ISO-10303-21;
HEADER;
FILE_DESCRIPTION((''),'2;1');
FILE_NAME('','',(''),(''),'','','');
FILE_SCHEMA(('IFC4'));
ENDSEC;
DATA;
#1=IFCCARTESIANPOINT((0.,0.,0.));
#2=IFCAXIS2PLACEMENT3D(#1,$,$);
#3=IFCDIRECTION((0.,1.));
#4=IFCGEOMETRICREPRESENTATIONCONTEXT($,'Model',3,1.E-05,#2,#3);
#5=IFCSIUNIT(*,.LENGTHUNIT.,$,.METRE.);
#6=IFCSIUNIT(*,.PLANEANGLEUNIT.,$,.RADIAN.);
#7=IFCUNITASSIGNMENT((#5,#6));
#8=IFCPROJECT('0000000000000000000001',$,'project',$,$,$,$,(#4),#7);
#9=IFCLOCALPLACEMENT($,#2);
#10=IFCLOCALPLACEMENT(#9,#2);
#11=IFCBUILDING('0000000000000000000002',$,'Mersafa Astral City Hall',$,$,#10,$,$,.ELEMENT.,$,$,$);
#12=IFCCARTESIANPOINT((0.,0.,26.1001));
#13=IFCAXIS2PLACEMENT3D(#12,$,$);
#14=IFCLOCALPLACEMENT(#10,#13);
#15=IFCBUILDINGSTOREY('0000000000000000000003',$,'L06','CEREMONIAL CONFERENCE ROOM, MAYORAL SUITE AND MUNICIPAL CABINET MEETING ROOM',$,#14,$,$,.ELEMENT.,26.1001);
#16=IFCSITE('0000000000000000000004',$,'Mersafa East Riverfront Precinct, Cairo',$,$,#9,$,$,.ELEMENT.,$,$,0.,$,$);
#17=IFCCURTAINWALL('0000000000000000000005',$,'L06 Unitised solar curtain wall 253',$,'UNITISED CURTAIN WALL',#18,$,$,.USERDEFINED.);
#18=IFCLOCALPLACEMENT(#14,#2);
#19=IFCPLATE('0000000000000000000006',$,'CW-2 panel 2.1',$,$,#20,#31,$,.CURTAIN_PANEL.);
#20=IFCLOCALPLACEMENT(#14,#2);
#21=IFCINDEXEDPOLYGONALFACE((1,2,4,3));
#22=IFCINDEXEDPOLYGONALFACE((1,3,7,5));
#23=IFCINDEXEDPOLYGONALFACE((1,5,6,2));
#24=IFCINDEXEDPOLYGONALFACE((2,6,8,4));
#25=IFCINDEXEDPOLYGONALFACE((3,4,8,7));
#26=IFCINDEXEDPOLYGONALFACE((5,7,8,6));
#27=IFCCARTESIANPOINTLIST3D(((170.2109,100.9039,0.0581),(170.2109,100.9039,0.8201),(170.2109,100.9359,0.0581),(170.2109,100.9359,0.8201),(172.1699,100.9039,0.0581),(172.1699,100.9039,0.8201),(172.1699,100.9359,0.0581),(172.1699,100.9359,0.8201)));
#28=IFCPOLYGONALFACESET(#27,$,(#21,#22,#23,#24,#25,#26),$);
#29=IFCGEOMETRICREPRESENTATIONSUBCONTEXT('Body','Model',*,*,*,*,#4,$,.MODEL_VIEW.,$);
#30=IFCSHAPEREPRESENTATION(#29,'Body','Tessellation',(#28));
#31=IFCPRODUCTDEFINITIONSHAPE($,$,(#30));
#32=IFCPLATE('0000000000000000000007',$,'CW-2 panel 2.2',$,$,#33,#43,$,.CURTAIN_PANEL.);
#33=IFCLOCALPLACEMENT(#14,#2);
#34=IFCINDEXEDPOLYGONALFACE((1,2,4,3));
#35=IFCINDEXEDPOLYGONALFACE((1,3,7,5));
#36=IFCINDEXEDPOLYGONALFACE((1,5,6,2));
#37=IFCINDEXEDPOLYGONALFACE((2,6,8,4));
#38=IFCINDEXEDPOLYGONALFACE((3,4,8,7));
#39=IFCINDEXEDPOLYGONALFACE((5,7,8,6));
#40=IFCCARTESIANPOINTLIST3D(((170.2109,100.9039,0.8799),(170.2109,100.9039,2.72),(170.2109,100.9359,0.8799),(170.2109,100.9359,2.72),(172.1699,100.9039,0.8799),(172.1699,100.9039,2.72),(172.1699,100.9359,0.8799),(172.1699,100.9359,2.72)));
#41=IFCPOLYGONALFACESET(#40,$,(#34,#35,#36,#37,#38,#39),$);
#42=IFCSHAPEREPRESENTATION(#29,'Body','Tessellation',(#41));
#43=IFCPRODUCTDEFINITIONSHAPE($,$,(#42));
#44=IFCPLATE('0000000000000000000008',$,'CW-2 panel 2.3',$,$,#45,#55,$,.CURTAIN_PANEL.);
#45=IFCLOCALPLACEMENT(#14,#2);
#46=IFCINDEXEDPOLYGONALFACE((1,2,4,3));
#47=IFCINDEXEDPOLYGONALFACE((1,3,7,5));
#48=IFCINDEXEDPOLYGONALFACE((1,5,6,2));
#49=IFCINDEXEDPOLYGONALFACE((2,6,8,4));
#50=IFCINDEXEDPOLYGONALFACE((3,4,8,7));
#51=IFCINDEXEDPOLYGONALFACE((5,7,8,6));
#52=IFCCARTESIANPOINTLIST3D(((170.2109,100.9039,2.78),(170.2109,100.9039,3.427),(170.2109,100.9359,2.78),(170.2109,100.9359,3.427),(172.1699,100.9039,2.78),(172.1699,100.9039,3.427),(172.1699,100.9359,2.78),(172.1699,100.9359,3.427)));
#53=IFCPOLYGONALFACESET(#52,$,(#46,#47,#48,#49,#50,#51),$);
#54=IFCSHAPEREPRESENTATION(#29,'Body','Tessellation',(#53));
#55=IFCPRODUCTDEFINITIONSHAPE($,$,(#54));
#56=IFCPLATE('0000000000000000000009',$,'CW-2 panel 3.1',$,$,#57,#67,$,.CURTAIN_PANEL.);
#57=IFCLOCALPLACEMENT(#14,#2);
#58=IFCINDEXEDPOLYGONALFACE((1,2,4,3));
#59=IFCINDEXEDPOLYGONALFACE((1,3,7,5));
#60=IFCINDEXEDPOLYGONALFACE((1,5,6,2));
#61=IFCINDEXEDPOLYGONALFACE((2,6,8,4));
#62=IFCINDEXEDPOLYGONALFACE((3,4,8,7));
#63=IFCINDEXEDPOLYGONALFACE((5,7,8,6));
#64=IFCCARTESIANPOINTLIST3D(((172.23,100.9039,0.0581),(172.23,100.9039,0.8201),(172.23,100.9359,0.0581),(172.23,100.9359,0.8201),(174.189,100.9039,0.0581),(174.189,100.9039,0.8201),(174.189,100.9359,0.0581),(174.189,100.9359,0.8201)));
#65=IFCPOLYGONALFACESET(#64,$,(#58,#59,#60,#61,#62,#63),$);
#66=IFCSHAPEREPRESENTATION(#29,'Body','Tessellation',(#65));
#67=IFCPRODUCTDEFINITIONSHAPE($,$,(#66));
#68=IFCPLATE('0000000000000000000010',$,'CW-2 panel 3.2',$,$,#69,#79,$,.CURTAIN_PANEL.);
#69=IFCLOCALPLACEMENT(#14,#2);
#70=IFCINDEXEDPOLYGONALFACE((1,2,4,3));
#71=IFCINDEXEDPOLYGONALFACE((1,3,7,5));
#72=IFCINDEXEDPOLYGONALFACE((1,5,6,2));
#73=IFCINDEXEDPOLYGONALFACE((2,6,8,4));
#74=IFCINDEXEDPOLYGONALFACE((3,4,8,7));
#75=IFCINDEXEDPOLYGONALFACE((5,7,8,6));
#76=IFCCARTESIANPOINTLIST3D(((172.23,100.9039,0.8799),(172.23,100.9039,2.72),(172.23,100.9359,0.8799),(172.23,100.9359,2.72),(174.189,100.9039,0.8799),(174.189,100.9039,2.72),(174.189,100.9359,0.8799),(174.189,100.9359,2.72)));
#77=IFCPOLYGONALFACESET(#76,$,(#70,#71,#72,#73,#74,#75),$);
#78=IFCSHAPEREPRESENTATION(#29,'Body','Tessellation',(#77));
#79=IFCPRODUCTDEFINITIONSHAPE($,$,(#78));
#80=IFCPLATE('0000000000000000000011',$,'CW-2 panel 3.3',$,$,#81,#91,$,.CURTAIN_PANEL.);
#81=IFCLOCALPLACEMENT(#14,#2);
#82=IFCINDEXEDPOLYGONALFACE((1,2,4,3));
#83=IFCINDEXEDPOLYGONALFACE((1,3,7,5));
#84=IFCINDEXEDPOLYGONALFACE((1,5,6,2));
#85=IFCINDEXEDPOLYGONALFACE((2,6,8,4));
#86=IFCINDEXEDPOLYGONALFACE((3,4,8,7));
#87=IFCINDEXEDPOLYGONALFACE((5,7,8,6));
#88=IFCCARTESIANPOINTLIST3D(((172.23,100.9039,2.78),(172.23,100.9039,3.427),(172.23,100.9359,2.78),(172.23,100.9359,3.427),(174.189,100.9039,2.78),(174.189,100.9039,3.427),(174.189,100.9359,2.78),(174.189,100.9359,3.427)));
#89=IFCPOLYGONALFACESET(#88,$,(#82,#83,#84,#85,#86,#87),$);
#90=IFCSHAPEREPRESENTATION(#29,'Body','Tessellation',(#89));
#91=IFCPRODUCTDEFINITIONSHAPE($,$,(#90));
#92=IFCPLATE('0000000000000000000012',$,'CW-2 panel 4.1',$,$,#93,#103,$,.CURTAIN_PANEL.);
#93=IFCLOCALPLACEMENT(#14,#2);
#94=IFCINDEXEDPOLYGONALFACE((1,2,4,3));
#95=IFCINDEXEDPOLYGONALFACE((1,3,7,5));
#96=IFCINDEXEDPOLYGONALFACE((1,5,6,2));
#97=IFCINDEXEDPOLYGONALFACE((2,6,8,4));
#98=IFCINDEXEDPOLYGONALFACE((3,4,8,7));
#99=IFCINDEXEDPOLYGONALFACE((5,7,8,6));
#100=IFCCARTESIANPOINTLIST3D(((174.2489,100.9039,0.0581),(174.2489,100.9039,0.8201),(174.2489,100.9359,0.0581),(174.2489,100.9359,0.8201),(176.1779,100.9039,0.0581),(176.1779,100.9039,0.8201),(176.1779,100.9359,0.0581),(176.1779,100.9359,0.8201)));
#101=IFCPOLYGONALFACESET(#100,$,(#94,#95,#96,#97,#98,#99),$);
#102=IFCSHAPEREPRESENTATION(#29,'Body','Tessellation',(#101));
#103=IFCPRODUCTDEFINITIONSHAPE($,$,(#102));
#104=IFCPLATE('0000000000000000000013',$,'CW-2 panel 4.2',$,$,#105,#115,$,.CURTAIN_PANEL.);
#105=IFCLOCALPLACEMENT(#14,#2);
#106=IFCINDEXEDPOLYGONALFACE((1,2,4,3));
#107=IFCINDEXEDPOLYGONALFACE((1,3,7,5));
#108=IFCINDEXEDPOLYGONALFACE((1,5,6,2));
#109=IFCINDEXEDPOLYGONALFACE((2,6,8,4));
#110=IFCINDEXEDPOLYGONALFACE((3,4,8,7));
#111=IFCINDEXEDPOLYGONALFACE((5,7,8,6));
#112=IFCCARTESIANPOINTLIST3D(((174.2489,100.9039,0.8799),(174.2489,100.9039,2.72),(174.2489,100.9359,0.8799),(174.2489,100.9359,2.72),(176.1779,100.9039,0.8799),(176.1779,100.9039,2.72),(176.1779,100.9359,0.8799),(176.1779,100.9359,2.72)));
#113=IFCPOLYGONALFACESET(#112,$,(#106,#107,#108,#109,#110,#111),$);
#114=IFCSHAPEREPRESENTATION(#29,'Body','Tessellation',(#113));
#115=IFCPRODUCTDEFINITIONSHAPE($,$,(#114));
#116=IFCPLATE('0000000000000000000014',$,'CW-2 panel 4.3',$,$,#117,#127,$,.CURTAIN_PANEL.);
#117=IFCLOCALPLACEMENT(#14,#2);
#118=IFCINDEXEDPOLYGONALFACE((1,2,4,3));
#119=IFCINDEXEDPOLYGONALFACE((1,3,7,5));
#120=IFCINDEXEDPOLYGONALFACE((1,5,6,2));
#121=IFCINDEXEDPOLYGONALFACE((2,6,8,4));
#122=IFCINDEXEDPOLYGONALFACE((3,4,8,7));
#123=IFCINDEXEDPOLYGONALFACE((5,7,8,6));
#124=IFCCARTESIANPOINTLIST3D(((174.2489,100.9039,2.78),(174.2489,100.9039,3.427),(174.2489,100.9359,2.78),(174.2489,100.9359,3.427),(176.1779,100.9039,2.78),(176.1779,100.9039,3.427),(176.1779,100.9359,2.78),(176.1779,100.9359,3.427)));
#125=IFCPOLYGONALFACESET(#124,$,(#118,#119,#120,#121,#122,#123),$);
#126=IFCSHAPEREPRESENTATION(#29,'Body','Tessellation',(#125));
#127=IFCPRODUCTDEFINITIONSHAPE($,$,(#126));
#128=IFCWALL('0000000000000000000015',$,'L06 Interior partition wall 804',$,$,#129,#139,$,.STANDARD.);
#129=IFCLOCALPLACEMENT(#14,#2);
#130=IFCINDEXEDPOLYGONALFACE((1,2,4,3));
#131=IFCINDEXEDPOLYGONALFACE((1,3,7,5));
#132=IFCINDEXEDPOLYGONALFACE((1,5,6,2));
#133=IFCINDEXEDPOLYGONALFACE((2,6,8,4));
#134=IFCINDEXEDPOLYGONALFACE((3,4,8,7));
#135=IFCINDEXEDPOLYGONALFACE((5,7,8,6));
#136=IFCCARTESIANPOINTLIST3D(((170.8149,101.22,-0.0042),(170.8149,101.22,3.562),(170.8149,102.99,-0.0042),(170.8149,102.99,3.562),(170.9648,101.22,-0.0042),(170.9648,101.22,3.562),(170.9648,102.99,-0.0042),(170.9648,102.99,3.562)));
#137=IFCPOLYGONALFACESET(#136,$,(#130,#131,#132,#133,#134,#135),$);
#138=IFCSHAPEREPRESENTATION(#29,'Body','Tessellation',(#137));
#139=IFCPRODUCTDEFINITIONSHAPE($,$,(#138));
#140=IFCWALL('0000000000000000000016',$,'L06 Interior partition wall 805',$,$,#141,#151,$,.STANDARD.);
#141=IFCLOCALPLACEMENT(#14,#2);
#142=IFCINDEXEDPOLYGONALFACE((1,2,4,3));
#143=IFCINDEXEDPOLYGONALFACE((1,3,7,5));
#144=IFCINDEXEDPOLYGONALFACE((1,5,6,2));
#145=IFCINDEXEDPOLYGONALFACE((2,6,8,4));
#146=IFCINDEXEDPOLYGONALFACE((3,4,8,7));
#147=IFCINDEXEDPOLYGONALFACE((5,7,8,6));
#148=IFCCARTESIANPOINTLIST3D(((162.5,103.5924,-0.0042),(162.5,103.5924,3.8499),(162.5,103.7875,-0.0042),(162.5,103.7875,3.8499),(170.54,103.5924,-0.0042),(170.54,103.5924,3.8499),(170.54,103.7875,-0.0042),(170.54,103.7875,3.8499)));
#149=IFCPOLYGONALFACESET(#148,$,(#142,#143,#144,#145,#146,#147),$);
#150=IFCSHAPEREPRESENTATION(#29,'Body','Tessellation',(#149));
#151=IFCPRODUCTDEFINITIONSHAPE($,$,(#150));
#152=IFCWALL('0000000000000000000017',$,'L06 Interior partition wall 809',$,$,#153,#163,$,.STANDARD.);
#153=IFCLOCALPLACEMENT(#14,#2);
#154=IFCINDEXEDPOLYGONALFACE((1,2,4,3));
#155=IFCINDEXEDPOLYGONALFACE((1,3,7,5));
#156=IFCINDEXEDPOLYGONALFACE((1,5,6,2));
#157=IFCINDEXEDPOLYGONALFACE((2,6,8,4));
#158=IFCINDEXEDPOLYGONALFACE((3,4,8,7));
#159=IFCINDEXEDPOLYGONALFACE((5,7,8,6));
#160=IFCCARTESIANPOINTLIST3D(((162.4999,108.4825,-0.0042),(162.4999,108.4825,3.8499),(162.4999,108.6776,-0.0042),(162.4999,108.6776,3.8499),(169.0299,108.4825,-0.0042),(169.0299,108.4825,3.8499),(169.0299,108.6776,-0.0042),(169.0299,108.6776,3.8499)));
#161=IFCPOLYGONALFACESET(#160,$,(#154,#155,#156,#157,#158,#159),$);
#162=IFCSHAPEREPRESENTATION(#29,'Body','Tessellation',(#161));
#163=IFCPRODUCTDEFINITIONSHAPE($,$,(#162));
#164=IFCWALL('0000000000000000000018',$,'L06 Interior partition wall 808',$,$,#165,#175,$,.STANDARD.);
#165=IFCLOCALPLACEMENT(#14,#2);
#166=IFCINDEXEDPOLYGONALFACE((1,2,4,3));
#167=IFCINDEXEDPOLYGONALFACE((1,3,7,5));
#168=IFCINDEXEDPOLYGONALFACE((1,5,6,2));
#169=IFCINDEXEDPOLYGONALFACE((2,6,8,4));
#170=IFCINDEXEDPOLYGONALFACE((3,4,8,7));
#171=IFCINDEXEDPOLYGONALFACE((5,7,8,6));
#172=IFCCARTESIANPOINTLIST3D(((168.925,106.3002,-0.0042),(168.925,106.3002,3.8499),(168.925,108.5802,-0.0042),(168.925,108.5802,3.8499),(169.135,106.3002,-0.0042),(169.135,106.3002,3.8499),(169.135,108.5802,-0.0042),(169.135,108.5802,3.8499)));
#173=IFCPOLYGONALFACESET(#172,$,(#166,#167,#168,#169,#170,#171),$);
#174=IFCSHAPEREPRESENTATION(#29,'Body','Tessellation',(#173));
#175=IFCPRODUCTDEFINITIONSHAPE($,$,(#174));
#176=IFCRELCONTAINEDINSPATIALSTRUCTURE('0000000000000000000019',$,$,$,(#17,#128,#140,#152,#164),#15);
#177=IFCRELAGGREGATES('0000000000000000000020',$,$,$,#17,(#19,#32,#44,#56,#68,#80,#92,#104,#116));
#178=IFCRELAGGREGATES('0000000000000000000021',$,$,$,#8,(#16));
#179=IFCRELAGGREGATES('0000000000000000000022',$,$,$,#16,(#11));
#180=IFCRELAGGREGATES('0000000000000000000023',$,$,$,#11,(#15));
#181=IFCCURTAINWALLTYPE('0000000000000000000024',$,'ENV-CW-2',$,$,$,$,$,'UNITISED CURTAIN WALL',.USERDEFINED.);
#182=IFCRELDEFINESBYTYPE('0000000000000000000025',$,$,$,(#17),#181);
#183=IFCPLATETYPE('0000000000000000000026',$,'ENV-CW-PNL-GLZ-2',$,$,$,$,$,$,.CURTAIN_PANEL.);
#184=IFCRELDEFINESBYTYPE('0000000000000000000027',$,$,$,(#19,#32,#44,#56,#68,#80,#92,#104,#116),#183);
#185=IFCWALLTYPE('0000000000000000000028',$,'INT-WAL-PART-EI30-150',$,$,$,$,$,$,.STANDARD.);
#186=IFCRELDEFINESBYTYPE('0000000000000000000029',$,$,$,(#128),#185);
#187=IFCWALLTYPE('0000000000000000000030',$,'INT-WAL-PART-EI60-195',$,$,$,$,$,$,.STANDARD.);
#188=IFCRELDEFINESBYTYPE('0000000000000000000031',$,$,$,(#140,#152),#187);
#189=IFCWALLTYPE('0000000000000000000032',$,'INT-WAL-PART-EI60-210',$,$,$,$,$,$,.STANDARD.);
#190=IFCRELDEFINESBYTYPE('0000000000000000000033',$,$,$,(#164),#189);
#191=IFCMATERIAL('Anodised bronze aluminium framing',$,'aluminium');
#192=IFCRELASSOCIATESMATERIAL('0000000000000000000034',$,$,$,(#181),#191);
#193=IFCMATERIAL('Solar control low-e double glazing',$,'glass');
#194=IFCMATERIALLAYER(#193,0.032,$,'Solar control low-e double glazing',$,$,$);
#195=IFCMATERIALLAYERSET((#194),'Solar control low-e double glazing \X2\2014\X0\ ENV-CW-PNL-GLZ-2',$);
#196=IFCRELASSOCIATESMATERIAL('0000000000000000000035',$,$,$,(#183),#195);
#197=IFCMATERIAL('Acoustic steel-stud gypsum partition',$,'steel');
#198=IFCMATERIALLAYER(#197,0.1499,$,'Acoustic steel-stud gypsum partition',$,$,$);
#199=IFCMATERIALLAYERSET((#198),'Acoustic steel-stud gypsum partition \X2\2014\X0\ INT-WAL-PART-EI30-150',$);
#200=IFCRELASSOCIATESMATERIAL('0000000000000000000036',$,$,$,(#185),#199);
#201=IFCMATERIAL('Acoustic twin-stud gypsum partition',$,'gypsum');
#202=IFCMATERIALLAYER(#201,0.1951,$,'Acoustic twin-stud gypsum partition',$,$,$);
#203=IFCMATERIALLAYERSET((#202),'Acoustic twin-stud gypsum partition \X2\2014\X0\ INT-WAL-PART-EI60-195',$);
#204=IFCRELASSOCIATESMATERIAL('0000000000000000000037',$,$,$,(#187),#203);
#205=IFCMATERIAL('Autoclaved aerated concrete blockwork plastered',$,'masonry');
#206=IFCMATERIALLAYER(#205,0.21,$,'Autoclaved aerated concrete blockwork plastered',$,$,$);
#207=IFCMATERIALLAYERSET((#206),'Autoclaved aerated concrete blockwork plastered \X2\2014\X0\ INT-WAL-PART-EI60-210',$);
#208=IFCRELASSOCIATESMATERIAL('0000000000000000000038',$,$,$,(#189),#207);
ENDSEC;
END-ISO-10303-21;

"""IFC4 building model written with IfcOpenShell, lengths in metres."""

from ifc_helpers import new_model, si_unit, direction, frame, frame_2d, origin, origin_2d, place, context, subcontext, project, spatial, rectangle, extrude, material, layer, layer_set, type_object, element, aggregate, save


model = new_model("IFC4")

# Units and contexts
model_context = context("Model", 3, precision=1e-05, world=origin(), true_north=direction((0.0, 1.0)))
body_context = subcontext(model_context, "Body", "Model", "MODEL_VIEW")
ifc_project = project(units=[si_unit("LENGTHUNIT", "METRE"), si_unit("PLANEANGLEUNIT", "RADIAN")], contexts=[model_context])

# Site, building, storey
site_placement = place(None, origin())
site = spatial("IfcSite", under=ifc_project, at=site_placement, Name="Mersafa East Riverfront Precinct, Cairo", CompositionType="ELEMENT", RefElevation=0.0)
building_placement = place(site_placement, origin())
building = spatial("IfcBuilding", under=site, at=building_placement, Name="Mersafa Astral City Hall", CompositionType="ELEMENT")
storey_placement = place(building_placement, frame((0.0, 0.0, 26.1001)))
storey = spatial("IfcBuildingStorey", under=building, at=storey_placement, Name="L06", Description="CEREMONIAL CONFERENCE ROOM, MAYORAL SUITE AND MUNICIPAL CABINET MEETING ROOM", CompositionType="ELEMENT", Elevation=26.1001)

# Curtain wall
ifc_material_1 = material(Name="Anodised bronze aluminium framing", Category="aluminium")
curtain_wall_type_1 = type_object("IfcCurtainWallType", Name="ENV-CW-2", ElementType="UNITISED CURTAIN WALL", PredefinedType="USERDEFINED", material=ifc_material_1)
curtain_wall_1_placement = place(storey_placement, origin())
curtain_wall_1 = element("IfcCurtainWall", 1, at=curtain_wall_1_placement, inside=storey, type_object=curtain_wall_type_1, Name="L06 Unitised solar curtain wall 253", ObjectType="UNITISED CURTAIN WALL", PredefinedType="USERDEFINED")

# Plates
ifc_material_2 = material(Name="Solar control low-e double glazing", Category="glass")
ifc_layer_1 = layer(ifc_material_2, 0.032, Name="Solar control low-e double glazing")
ifc_layer_set_1 = layer_set([ifc_layer_1], Name="Solar control low-e double glazing — ENV-CW-PNL-GLZ-2")
plate_type = type_object("IfcPlateType", Name="ENV-CW-PNL-GLZ-2", PredefinedType="CURTAIN_PANEL", material=ifc_layer_set_1)
plate_1_placement = place(storey_placement, frame((171.1904, 100.9199, 0.0581), z_axis=(0.0, 0.0, 1.0), x_axis=(1.0, 0.0, 0.0)))
plate_1 = element("IfcPlate", 2, at=plate_1_placement, type_object=plate_type, Name="CW-2 panel 2.1", PredefinedType="CURTAIN_PANEL", context=body_context, shape_type="SweptSolid", body=[
    extrude(rectangle(XDim=1.959, YDim=0.032, at=origin_2d()), origin(), (0.0, 0.0, 1.0), 0.762),
])
plate_2_placement = place(storey_placement, frame((171.1904, 100.9199, 0.8799), z_axis=(0.0, 0.0, 1.0), x_axis=(1.0, 0.0, 0.0)))
plate_2 = element("IfcPlate", 3, at=plate_2_placement, type_object=plate_type, Name="CW-2 panel 2.2", PredefinedType="CURTAIN_PANEL", context=body_context, shape_type="SweptSolid", body=[
    extrude(rectangle(XDim=1.959, YDim=0.032, at=origin_2d()), origin(), (0.0, 0.0, 1.0), 1.8401),
])
plate_3_placement = place(storey_placement, frame((171.1904, 100.9199, 2.78), z_axis=(0.0, 0.0, 1.0), x_axis=(1.0, 0.0, 0.0)))
plate_3 = element("IfcPlate", 4, at=plate_3_placement, type_object=plate_type, Name="CW-2 panel 2.3", PredefinedType="CURTAIN_PANEL", context=body_context, shape_type="SweptSolid", body=[
    extrude(rectangle(XDim=1.959, YDim=0.032, at=origin_2d()), origin(), (0.0, 0.0, 1.0), 0.647),
])
plate_4_placement = place(storey_placement, frame((173.2095, 100.9199, 0.0581), z_axis=(0.0, 0.0, 1.0), x_axis=(1.0, 0.0, 0.0)))
plate_4 = element("IfcPlate", 5, at=plate_4_placement, type_object=plate_type, Name="CW-2 panel 3.1", PredefinedType="CURTAIN_PANEL", context=body_context, shape_type="SweptSolid", body=[
    extrude(rectangle(XDim=1.959, YDim=0.032, at=origin_2d()), origin(), (0.0, 0.0, 1.0), 0.762),
])
plate_5_placement = place(storey_placement, frame((173.2095, 100.9199, 0.8799), z_axis=(0.0, 0.0, 1.0), x_axis=(1.0, 0.0, 0.0)))
plate_5 = element("IfcPlate", 6, at=plate_5_placement, type_object=plate_type, Name="CW-2 panel 3.2", PredefinedType="CURTAIN_PANEL", context=body_context, shape_type="SweptSolid", body=[
    extrude(rectangle(XDim=1.959, YDim=0.032, at=origin_2d()), origin(), (0.0, 0.0, 1.0), 1.8401),
])
plate_6_placement = place(storey_placement, frame((173.2095, 100.9199, 2.78), z_axis=(0.0, 0.0, 1.0), x_axis=(1.0, 0.0, 0.0)))
plate_6 = element("IfcPlate", 7, at=plate_6_placement, type_object=plate_type, Name="CW-2 panel 3.3", PredefinedType="CURTAIN_PANEL", context=body_context, shape_type="SweptSolid", body=[
    extrude(rectangle(XDim=1.959, YDim=0.032, at=origin_2d()), origin(), (0.0, 0.0, 1.0), 0.647),
])
plate_7_placement = place(storey_placement, frame((175.2134, 100.9199, 0.0581), z_axis=(0.0, 0.0, 1.0), x_axis=(1.0, 0.0, 0.0)))
plate_7 = element("IfcPlate", 8, at=plate_7_placement, type_object=plate_type, Name="CW-2 panel 4.1", PredefinedType="CURTAIN_PANEL", context=body_context, shape_type="SweptSolid", body=[
    extrude(rectangle(XDim=1.929, YDim=0.032, at=origin_2d()), origin(), (0.0, 0.0, 1.0), 0.762),
])
plate_8_placement = place(storey_placement, frame((175.2134, 100.9199, 0.8799), z_axis=(0.0, 0.0, 1.0), x_axis=(1.0, 0.0, 0.0)))
plate_8 = element("IfcPlate", 9, at=plate_8_placement, type_object=plate_type, Name="CW-2 panel 4.2", PredefinedType="CURTAIN_PANEL", context=body_context, shape_type="SweptSolid", body=[
    extrude(rectangle(XDim=1.929, YDim=0.032, at=origin_2d()), origin(), (0.0, 0.0, 1.0), 1.8401),
])
plate_9_placement = place(storey_placement, frame((175.2134, 100.9199, 2.78), z_axis=(0.0, 0.0, 1.0), x_axis=(1.0, 0.0, 0.0)))
plate_9 = element("IfcPlate", 10, at=plate_9_placement, type_object=plate_type, Name="CW-2 panel 4.3", PredefinedType="CURTAIN_PANEL", context=body_context, shape_type="SweptSolid", body=[
    extrude(rectangle(XDim=1.929, YDim=0.032, at=origin_2d()), origin(), (0.0, 0.0, 1.0), 0.647),
])
aggregate(curtain_wall_1, [plate_1, plate_2, plate_3, plate_4, plate_5, plate_6, plate_7, plate_8, plate_9])

# Walls
ifc_material_3 = material(Name="Acoustic steel-stud gypsum partition", Category="steel")
ifc_layer_2 = layer(ifc_material_3, 0.1499, Name="Acoustic steel-stud gypsum partition")
ifc_layer_set_2 = layer_set([ifc_layer_2], Name="Acoustic steel-stud gypsum partition — INT-WAL-PART-EI30-150")
wall_type_1 = type_object("IfcWallType", Name="INT-WAL-PART-EI30-150", PredefinedType="STANDARD", material=ifc_layer_set_2)
wall_1_placement = place(storey_placement, frame((170.8899, 101.22, -0.0042), z_axis=(0.0, 0.0, 1.0), x_axis=(0.0, 1.0, 0.0)))
element("IfcWall", 11, at=wall_1_placement, inside=storey, type_object=wall_type_1, Name="L06 Interior partition wall 804", PredefinedType="STANDARD", context=body_context, shape_type="SweptSolid", body=[
    extrude(rectangle(XDim=1.77, YDim=0.1499, at=frame_2d((0.885, 0.0))), origin(), (0.0, 0.0, 1.0), 3.5662),
])
ifc_material_4 = material(Name="Acoustic twin-stud gypsum partition", Category="gypsum")
ifc_layer_3 = layer(ifc_material_4, 0.1951, Name="Acoustic twin-stud gypsum partition")
ifc_layer_set_3 = layer_set([ifc_layer_3], Name="Acoustic twin-stud gypsum partition — INT-WAL-PART-EI60-195")
wall_type_2 = type_object("IfcWallType", Name="INT-WAL-PART-EI60-195", PredefinedType="STANDARD", material=ifc_layer_set_3)
wall_2_placement = place(storey_placement, frame((170.54, 103.6899, -0.0042), z_axis=(0.0, 0.0, 1.0), x_axis=(-1.0, 0.0, 0.0)))
element("IfcWall", 12, at=wall_2_placement, inside=storey, type_object=wall_type_2, Name="L06 Interior partition wall 805", PredefinedType="STANDARD", context=body_context, shape_type="SweptSolid", body=[
    extrude(rectangle(XDim=8.04, YDim=0.1951, at=frame_2d((4.02, 0.0))), origin(), (0.0, 0.0, 1.0), 3.854),
])
wall_3_placement = place(storey_placement, frame((169.03, 108.5801, -0.0042), z_axis=(0.0, 0.0, 1.0), x_axis=(-1.0, 0.0, 0.0)))
element("IfcWall", 13, at=wall_3_placement, inside=storey, type_object=wall_type_2, Name="L06 Interior partition wall 809", PredefinedType="STANDARD", context=body_context, shape_type="SweptSolid", body=[
    extrude(rectangle(XDim=6.53, YDim=0.1951, at=frame_2d((3.2651, 0.0))), origin(), (0.0, 0.0, 1.0), 3.854),
])
ifc_material_5 = material(Name="Autoclaved aerated concrete blockwork plastered", Category="masonry")
ifc_layer_4 = layer(ifc_material_5, 0.21, Name="Autoclaved aerated concrete blockwork plastered")
ifc_layer_set_4 = layer_set([ifc_layer_4], Name="Autoclaved aerated concrete blockwork plastered — INT-WAL-PART-EI60-210")
wall_type_3 = type_object("IfcWallType", Name="INT-WAL-PART-EI60-210", PredefinedType="STANDARD", material=ifc_layer_set_4)
wall_4_placement = place(storey_placement, frame((169.03, 106.3, -0.0042), z_axis=(0.0, 0.0, 1.0), x_axis=(0.0, 1.0, 0.0)))
element("IfcWall", 14, at=wall_4_placement, inside=storey, type_object=wall_type_3, Name="L06 Interior partition wall 808", PredefinedType="STANDARD", context=body_context, shape_type="SweptSolid", body=[
    extrude(rectangle(XDim=2.28, YDim=0.21, at=frame_2d((1.1401, 0.0))), origin(), (0.0, 0.0, 1.0), 3.854),
])

save(model, "model.ifc")
